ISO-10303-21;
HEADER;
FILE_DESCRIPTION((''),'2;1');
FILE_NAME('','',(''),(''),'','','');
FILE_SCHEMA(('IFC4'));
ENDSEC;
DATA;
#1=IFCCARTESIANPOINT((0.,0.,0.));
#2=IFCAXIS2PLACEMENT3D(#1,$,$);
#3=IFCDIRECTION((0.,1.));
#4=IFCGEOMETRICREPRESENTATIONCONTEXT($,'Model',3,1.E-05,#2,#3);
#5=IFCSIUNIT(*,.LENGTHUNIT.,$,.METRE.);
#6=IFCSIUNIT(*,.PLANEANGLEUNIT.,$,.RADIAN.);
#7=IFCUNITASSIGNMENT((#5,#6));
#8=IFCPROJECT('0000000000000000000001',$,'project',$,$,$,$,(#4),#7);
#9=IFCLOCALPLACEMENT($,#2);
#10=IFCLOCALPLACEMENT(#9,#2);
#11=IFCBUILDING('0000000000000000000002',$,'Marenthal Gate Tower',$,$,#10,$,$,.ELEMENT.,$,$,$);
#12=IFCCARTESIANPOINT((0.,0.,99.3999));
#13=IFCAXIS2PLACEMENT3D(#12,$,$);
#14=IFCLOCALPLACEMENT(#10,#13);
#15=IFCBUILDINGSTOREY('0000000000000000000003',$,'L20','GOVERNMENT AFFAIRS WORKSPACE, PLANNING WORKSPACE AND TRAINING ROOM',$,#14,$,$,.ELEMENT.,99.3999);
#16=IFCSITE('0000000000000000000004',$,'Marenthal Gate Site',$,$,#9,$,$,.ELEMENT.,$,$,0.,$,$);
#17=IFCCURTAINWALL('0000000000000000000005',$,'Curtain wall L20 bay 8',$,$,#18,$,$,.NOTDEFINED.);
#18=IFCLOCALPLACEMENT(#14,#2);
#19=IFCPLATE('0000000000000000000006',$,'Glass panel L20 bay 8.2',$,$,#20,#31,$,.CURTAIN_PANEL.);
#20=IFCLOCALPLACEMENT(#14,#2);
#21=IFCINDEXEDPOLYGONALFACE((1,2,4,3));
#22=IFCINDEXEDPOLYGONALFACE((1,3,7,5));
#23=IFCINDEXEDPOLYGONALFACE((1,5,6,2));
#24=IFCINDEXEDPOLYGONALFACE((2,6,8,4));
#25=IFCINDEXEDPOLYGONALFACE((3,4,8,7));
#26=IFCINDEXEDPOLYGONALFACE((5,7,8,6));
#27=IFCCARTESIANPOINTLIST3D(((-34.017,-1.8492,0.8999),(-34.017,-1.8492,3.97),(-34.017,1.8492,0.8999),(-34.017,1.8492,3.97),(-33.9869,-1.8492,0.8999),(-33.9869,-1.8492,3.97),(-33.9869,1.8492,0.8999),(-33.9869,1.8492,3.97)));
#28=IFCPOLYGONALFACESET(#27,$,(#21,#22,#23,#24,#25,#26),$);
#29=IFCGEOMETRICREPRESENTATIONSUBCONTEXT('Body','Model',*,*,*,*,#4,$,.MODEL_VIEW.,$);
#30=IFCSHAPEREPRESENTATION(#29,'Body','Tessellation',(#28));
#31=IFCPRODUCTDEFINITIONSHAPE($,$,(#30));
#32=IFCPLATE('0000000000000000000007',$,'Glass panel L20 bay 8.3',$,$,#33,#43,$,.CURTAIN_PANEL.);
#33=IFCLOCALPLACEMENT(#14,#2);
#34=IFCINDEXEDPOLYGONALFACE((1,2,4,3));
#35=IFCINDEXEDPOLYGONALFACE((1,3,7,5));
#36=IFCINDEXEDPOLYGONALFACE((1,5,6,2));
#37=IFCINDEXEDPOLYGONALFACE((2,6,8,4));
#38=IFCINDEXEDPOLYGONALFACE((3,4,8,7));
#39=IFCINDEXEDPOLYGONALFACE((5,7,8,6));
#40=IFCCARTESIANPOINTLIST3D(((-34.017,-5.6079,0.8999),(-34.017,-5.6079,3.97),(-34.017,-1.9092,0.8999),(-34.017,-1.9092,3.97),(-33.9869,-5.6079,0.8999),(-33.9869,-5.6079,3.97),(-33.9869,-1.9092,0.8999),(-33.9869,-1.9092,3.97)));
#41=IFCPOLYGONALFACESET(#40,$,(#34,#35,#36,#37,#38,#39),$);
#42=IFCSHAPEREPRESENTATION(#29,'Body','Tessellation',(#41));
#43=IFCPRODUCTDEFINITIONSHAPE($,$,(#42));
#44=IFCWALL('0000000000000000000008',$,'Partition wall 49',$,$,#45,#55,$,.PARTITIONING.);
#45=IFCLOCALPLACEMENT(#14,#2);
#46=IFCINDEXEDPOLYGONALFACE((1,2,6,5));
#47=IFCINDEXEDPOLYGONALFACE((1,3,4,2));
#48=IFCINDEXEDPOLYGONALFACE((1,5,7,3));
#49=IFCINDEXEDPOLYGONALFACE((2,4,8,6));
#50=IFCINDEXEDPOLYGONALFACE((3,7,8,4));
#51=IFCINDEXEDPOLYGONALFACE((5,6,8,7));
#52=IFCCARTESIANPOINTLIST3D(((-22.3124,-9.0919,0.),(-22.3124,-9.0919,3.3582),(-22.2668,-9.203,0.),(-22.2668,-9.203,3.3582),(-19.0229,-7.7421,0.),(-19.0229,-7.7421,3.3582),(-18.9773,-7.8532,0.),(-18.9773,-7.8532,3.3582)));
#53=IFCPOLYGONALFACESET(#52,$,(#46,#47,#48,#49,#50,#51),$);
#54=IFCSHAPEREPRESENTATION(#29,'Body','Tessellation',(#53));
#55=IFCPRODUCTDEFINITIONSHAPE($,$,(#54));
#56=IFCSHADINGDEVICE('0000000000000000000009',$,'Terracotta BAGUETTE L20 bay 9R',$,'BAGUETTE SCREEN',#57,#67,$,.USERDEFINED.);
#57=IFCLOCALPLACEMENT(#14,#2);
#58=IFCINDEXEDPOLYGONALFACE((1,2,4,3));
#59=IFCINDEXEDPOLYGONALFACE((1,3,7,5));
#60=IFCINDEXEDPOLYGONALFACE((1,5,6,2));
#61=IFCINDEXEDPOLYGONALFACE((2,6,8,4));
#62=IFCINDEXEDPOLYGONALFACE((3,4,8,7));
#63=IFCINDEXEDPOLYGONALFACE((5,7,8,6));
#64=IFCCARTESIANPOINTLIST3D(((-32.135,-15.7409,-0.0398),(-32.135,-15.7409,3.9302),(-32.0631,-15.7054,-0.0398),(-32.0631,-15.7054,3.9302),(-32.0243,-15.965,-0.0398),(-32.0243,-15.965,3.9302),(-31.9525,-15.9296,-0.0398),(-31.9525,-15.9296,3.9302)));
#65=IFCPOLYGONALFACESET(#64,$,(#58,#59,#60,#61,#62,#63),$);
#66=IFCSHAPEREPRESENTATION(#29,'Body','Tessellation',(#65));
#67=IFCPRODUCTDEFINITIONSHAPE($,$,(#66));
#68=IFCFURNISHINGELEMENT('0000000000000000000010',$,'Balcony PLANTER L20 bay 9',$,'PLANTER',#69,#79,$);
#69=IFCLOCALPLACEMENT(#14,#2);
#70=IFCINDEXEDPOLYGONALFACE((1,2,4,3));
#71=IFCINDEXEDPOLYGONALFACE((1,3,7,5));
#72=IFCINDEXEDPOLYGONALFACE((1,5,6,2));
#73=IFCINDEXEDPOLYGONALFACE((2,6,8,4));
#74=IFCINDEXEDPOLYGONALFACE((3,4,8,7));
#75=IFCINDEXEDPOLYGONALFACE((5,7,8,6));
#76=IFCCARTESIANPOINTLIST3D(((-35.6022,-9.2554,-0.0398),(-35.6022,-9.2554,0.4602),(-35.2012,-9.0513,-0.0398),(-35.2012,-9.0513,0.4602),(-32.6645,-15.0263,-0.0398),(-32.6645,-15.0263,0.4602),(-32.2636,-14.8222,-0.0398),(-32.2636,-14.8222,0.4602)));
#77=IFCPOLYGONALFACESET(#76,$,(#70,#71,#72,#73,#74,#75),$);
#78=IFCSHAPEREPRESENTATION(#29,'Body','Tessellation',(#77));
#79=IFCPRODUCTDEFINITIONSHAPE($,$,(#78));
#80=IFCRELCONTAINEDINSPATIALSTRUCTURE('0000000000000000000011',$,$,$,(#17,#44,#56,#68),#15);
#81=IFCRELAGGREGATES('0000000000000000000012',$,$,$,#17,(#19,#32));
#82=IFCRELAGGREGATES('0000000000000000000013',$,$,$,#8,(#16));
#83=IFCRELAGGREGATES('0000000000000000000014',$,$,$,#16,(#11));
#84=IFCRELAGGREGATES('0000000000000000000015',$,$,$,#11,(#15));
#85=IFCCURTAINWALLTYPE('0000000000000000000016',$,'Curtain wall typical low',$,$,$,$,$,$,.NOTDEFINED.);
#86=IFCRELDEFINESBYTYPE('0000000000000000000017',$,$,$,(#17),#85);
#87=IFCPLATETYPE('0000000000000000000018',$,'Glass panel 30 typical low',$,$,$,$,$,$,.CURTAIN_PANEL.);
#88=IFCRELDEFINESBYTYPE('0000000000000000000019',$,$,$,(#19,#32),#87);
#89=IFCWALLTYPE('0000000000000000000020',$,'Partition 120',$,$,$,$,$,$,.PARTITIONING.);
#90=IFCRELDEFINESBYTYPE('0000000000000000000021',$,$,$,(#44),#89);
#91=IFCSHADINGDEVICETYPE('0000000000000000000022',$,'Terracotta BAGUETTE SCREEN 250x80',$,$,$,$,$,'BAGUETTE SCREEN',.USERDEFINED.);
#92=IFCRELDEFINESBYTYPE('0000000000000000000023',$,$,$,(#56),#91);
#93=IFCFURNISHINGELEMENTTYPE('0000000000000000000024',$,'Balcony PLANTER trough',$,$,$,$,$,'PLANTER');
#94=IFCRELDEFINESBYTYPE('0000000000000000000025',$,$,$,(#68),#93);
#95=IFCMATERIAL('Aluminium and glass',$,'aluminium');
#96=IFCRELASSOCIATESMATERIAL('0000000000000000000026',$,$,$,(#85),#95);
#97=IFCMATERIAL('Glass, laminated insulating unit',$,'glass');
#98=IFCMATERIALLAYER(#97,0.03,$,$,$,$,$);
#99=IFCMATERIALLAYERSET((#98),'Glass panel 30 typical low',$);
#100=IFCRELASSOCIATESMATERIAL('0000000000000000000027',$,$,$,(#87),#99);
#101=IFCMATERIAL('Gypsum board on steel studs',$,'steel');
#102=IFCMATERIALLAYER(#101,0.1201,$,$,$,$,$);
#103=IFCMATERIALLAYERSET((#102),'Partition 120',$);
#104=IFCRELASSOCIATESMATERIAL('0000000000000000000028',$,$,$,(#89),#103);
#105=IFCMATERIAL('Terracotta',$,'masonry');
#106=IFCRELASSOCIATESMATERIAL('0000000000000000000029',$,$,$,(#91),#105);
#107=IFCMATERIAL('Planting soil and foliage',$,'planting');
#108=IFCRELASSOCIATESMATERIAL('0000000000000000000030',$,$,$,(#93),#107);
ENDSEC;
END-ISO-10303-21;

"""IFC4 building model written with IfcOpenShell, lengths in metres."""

from ifc_helpers import new_model, si_unit, direction, frame, frame_2d, origin, origin_2d, place, context, subcontext, project, spatial, rectangle, extrude, material, layer, layer_set, material_profile, profile_set, type_object, element, aggregate, save


model = new_model("IFC4")

# Units and contexts
model_context = context("Model", 3, precision=1e-05, world=origin(), true_north=direction((0.0, 1.0)))
body_context = subcontext(model_context, "Body", "Model", "MODEL_VIEW")
ifc_project = project(units=[si_unit("LENGTHUNIT", "METRE"), si_unit("PLANEANGLEUNIT", "RADIAN")], contexts=[model_context])

# Site, building, storey
site_placement = place(None, origin())
site = spatial("IfcSite", under=ifc_project, at=site_placement, Name="Marenthal Gate Site", CompositionType="ELEMENT", RefElevation=0.0)
building_placement = place(site_placement, origin())
building = spatial("IfcBuilding", under=site, at=building_placement, Name="Marenthal Gate Tower", CompositionType="ELEMENT")
storey_placement = place(building_placement, frame((0.0, 0.0, 99.3999)))
storey = spatial("IfcBuildingStorey", under=building, at=storey_placement, Name="L20", Description="GOVERNMENT AFFAIRS WORKSPACE, PLANNING WORKSPACE AND TRAINING ROOM", CompositionType="ELEMENT", Elevation=99.3999)

# Curtain wall
ifc_material_1 = material(Name="Aluminium and glass", Category="aluminium")
curtain_wall_type = type_object("IfcCurtainWallType", Name="Curtain wall typical low", PredefinedType="NOTDEFINED", material=ifc_material_1)
curtain_wall_placement = place(storey_placement, origin())
curtain_wall = element("IfcCurtainWall", 1, at=curtain_wall_placement, inside=storey, type_object=curtain_wall_type, Name="Curtain wall L20 bay 8", PredefinedType="NOTDEFINED")

# Plates
ifc_material_2 = material(Name="Glass, laminated insulating unit", Category="glass")
ifc_layer_1 = layer(ifc_material_2, 0.03)
ifc_layer_set_1 = layer_set([ifc_layer_1], Name="Glass panel 30 typical low")
plate_type = type_object("IfcPlateType", Name="Glass panel 30 typical low", PredefinedType="CURTAIN_PANEL", material=ifc_layer_set_1)
plate_1_placement = place(storey_placement, frame((-34.002, 0.0, 0.8999), z_axis=(0.0, 0.0, 1.0), x_axis=(0.0, -1.0, 0.0)))
plate_1 = element("IfcPlate", 2, at=plate_1_placement, type_object=plate_type, Name="Glass panel L20 bay 8.2", PredefinedType="CURTAIN_PANEL", context=body_context, shape_type="SweptSolid", body=[
    extrude(rectangle(XDim=3.6985, YDim=0.03, at=origin_2d()), origin(), (0.0, 0.0, 1.0), 3.0701),
])
plate_2_placement = place(storey_placement, frame((-34.002, -3.7585, 0.8999), z_axis=(0.0, 0.0, 1.0), x_axis=(0.0, -1.0, 0.0)))
plate_2 = element("IfcPlate", 3, at=plate_2_placement, type_object=plate_type, Name="Glass panel L20 bay 8.3", PredefinedType="CURTAIN_PANEL", context=body_context, shape_type="SweptSolid", body=[
    extrude(rectangle(XDim=3.6987, YDim=0.03, at=origin_2d()), origin(), (0.0, 0.0, 1.0), 3.0701),
])
aggregate(curtain_wall, [plate_1, plate_2])

# Wall
ifc_material_3 = material(Name="Gypsum board on steel studs", Category="steel")
ifc_layer_2 = layer(ifc_material_3, 0.1201)
ifc_layer_set_2 = layer_set([ifc_layer_2], Name="Partition 120")
wall_type_1 = type_object("IfcWallType", Name="Partition 120", PredefinedType="PARTITIONING", material=ifc_layer_set_2)
wall_1_placement = place(storey_placement, frame((-22.2896, -9.1475, 0.0), z_axis=(0.0, 0.0, 1.0), x_axis=(0.92514, 0.379627, 0.0)))
element("IfcWall", 4, at=wall_1_placement, inside=storey, type_object=wall_type_1, Name="Partition wall 49", PredefinedType="PARTITIONING", context=body_context, shape_type="SweptSolid", body=[
    extrude(rectangle(XDim=3.5557, YDim=0.1201, at=frame_2d((1.7778, 0.0))), origin(), (0.0, 0.0, 1.0), 3.3582),
])

# Shading device
ifc_material_4 = material(Name="Terracotta", Category="masonry")
ifc_material_profile_1 = material_profile(ifc_material_4, rectangle(XDim=0.25, YDim=0.0801, at=origin_2d()), Name="Terracotta baguette 250x80")
ifc_profile_set_1 = profile_set([ifc_material_profile_1], Name="Terracotta")
shading_device_type = type_object("IfcShadingDeviceType", Name="Terracotta BAGUETTE SCREEN 250x80", ElementType="BAGUETTE SCREEN", PredefinedType="USERDEFINED", material=ifc_profile_set_1)
shading_device_placement = place(storey_placement, frame((-32.0437, -15.8352, -0.0398), z_axis=(0.0, 0.0, 1.0), x_axis=(0.44279, -0.896625, 0.0)))
element("IfcShadingDevice", 5, at=shading_device_placement, inside=storey, type_object=shading_device_type, Name="Terracotta BAGUETTE L20 bay 9R", ObjectType="BAGUETTE SCREEN", PredefinedType="USERDEFINED", context=body_context, shape_type="SweptSolid", body=[
    extrude(rectangle(XDim=0.25, YDim=0.0801, at=origin_2d()), origin(), (0.0, 0.0, 1.0), 3.97),
])

# Furnishing element
ifc_material_5 = material(Name="Planting soil and foliage", Category="planting")
furnishing_element_type = type_object("IfcFurnishingElementType", Name="Balcony PLANTER trough", ElementType="PLANTER", material=ifc_material_5)
furnishing_placement = place(storey_placement, frame((-33.9329, -12.0388, -0.0398), z_axis=(0.0, 0.0, 1.0), x_axis=(0.453646, -0.891182, 0.0)))
element("IfcFurnishingElement", 6, at=furnishing_placement, inside=storey, type_object=furnishing_element_type, Name="Balcony PLANTER L20 bay 9", ObjectType="PLANTER", context=body_context, shape_type="SweptSolid", body=[
    extrude(rectangle(XDim=6.4756, YDim=0.45, at=origin_2d()), origin(), (0.0, 0.0, 1.0), 0.5),
])

save(model, "model.ifc")
